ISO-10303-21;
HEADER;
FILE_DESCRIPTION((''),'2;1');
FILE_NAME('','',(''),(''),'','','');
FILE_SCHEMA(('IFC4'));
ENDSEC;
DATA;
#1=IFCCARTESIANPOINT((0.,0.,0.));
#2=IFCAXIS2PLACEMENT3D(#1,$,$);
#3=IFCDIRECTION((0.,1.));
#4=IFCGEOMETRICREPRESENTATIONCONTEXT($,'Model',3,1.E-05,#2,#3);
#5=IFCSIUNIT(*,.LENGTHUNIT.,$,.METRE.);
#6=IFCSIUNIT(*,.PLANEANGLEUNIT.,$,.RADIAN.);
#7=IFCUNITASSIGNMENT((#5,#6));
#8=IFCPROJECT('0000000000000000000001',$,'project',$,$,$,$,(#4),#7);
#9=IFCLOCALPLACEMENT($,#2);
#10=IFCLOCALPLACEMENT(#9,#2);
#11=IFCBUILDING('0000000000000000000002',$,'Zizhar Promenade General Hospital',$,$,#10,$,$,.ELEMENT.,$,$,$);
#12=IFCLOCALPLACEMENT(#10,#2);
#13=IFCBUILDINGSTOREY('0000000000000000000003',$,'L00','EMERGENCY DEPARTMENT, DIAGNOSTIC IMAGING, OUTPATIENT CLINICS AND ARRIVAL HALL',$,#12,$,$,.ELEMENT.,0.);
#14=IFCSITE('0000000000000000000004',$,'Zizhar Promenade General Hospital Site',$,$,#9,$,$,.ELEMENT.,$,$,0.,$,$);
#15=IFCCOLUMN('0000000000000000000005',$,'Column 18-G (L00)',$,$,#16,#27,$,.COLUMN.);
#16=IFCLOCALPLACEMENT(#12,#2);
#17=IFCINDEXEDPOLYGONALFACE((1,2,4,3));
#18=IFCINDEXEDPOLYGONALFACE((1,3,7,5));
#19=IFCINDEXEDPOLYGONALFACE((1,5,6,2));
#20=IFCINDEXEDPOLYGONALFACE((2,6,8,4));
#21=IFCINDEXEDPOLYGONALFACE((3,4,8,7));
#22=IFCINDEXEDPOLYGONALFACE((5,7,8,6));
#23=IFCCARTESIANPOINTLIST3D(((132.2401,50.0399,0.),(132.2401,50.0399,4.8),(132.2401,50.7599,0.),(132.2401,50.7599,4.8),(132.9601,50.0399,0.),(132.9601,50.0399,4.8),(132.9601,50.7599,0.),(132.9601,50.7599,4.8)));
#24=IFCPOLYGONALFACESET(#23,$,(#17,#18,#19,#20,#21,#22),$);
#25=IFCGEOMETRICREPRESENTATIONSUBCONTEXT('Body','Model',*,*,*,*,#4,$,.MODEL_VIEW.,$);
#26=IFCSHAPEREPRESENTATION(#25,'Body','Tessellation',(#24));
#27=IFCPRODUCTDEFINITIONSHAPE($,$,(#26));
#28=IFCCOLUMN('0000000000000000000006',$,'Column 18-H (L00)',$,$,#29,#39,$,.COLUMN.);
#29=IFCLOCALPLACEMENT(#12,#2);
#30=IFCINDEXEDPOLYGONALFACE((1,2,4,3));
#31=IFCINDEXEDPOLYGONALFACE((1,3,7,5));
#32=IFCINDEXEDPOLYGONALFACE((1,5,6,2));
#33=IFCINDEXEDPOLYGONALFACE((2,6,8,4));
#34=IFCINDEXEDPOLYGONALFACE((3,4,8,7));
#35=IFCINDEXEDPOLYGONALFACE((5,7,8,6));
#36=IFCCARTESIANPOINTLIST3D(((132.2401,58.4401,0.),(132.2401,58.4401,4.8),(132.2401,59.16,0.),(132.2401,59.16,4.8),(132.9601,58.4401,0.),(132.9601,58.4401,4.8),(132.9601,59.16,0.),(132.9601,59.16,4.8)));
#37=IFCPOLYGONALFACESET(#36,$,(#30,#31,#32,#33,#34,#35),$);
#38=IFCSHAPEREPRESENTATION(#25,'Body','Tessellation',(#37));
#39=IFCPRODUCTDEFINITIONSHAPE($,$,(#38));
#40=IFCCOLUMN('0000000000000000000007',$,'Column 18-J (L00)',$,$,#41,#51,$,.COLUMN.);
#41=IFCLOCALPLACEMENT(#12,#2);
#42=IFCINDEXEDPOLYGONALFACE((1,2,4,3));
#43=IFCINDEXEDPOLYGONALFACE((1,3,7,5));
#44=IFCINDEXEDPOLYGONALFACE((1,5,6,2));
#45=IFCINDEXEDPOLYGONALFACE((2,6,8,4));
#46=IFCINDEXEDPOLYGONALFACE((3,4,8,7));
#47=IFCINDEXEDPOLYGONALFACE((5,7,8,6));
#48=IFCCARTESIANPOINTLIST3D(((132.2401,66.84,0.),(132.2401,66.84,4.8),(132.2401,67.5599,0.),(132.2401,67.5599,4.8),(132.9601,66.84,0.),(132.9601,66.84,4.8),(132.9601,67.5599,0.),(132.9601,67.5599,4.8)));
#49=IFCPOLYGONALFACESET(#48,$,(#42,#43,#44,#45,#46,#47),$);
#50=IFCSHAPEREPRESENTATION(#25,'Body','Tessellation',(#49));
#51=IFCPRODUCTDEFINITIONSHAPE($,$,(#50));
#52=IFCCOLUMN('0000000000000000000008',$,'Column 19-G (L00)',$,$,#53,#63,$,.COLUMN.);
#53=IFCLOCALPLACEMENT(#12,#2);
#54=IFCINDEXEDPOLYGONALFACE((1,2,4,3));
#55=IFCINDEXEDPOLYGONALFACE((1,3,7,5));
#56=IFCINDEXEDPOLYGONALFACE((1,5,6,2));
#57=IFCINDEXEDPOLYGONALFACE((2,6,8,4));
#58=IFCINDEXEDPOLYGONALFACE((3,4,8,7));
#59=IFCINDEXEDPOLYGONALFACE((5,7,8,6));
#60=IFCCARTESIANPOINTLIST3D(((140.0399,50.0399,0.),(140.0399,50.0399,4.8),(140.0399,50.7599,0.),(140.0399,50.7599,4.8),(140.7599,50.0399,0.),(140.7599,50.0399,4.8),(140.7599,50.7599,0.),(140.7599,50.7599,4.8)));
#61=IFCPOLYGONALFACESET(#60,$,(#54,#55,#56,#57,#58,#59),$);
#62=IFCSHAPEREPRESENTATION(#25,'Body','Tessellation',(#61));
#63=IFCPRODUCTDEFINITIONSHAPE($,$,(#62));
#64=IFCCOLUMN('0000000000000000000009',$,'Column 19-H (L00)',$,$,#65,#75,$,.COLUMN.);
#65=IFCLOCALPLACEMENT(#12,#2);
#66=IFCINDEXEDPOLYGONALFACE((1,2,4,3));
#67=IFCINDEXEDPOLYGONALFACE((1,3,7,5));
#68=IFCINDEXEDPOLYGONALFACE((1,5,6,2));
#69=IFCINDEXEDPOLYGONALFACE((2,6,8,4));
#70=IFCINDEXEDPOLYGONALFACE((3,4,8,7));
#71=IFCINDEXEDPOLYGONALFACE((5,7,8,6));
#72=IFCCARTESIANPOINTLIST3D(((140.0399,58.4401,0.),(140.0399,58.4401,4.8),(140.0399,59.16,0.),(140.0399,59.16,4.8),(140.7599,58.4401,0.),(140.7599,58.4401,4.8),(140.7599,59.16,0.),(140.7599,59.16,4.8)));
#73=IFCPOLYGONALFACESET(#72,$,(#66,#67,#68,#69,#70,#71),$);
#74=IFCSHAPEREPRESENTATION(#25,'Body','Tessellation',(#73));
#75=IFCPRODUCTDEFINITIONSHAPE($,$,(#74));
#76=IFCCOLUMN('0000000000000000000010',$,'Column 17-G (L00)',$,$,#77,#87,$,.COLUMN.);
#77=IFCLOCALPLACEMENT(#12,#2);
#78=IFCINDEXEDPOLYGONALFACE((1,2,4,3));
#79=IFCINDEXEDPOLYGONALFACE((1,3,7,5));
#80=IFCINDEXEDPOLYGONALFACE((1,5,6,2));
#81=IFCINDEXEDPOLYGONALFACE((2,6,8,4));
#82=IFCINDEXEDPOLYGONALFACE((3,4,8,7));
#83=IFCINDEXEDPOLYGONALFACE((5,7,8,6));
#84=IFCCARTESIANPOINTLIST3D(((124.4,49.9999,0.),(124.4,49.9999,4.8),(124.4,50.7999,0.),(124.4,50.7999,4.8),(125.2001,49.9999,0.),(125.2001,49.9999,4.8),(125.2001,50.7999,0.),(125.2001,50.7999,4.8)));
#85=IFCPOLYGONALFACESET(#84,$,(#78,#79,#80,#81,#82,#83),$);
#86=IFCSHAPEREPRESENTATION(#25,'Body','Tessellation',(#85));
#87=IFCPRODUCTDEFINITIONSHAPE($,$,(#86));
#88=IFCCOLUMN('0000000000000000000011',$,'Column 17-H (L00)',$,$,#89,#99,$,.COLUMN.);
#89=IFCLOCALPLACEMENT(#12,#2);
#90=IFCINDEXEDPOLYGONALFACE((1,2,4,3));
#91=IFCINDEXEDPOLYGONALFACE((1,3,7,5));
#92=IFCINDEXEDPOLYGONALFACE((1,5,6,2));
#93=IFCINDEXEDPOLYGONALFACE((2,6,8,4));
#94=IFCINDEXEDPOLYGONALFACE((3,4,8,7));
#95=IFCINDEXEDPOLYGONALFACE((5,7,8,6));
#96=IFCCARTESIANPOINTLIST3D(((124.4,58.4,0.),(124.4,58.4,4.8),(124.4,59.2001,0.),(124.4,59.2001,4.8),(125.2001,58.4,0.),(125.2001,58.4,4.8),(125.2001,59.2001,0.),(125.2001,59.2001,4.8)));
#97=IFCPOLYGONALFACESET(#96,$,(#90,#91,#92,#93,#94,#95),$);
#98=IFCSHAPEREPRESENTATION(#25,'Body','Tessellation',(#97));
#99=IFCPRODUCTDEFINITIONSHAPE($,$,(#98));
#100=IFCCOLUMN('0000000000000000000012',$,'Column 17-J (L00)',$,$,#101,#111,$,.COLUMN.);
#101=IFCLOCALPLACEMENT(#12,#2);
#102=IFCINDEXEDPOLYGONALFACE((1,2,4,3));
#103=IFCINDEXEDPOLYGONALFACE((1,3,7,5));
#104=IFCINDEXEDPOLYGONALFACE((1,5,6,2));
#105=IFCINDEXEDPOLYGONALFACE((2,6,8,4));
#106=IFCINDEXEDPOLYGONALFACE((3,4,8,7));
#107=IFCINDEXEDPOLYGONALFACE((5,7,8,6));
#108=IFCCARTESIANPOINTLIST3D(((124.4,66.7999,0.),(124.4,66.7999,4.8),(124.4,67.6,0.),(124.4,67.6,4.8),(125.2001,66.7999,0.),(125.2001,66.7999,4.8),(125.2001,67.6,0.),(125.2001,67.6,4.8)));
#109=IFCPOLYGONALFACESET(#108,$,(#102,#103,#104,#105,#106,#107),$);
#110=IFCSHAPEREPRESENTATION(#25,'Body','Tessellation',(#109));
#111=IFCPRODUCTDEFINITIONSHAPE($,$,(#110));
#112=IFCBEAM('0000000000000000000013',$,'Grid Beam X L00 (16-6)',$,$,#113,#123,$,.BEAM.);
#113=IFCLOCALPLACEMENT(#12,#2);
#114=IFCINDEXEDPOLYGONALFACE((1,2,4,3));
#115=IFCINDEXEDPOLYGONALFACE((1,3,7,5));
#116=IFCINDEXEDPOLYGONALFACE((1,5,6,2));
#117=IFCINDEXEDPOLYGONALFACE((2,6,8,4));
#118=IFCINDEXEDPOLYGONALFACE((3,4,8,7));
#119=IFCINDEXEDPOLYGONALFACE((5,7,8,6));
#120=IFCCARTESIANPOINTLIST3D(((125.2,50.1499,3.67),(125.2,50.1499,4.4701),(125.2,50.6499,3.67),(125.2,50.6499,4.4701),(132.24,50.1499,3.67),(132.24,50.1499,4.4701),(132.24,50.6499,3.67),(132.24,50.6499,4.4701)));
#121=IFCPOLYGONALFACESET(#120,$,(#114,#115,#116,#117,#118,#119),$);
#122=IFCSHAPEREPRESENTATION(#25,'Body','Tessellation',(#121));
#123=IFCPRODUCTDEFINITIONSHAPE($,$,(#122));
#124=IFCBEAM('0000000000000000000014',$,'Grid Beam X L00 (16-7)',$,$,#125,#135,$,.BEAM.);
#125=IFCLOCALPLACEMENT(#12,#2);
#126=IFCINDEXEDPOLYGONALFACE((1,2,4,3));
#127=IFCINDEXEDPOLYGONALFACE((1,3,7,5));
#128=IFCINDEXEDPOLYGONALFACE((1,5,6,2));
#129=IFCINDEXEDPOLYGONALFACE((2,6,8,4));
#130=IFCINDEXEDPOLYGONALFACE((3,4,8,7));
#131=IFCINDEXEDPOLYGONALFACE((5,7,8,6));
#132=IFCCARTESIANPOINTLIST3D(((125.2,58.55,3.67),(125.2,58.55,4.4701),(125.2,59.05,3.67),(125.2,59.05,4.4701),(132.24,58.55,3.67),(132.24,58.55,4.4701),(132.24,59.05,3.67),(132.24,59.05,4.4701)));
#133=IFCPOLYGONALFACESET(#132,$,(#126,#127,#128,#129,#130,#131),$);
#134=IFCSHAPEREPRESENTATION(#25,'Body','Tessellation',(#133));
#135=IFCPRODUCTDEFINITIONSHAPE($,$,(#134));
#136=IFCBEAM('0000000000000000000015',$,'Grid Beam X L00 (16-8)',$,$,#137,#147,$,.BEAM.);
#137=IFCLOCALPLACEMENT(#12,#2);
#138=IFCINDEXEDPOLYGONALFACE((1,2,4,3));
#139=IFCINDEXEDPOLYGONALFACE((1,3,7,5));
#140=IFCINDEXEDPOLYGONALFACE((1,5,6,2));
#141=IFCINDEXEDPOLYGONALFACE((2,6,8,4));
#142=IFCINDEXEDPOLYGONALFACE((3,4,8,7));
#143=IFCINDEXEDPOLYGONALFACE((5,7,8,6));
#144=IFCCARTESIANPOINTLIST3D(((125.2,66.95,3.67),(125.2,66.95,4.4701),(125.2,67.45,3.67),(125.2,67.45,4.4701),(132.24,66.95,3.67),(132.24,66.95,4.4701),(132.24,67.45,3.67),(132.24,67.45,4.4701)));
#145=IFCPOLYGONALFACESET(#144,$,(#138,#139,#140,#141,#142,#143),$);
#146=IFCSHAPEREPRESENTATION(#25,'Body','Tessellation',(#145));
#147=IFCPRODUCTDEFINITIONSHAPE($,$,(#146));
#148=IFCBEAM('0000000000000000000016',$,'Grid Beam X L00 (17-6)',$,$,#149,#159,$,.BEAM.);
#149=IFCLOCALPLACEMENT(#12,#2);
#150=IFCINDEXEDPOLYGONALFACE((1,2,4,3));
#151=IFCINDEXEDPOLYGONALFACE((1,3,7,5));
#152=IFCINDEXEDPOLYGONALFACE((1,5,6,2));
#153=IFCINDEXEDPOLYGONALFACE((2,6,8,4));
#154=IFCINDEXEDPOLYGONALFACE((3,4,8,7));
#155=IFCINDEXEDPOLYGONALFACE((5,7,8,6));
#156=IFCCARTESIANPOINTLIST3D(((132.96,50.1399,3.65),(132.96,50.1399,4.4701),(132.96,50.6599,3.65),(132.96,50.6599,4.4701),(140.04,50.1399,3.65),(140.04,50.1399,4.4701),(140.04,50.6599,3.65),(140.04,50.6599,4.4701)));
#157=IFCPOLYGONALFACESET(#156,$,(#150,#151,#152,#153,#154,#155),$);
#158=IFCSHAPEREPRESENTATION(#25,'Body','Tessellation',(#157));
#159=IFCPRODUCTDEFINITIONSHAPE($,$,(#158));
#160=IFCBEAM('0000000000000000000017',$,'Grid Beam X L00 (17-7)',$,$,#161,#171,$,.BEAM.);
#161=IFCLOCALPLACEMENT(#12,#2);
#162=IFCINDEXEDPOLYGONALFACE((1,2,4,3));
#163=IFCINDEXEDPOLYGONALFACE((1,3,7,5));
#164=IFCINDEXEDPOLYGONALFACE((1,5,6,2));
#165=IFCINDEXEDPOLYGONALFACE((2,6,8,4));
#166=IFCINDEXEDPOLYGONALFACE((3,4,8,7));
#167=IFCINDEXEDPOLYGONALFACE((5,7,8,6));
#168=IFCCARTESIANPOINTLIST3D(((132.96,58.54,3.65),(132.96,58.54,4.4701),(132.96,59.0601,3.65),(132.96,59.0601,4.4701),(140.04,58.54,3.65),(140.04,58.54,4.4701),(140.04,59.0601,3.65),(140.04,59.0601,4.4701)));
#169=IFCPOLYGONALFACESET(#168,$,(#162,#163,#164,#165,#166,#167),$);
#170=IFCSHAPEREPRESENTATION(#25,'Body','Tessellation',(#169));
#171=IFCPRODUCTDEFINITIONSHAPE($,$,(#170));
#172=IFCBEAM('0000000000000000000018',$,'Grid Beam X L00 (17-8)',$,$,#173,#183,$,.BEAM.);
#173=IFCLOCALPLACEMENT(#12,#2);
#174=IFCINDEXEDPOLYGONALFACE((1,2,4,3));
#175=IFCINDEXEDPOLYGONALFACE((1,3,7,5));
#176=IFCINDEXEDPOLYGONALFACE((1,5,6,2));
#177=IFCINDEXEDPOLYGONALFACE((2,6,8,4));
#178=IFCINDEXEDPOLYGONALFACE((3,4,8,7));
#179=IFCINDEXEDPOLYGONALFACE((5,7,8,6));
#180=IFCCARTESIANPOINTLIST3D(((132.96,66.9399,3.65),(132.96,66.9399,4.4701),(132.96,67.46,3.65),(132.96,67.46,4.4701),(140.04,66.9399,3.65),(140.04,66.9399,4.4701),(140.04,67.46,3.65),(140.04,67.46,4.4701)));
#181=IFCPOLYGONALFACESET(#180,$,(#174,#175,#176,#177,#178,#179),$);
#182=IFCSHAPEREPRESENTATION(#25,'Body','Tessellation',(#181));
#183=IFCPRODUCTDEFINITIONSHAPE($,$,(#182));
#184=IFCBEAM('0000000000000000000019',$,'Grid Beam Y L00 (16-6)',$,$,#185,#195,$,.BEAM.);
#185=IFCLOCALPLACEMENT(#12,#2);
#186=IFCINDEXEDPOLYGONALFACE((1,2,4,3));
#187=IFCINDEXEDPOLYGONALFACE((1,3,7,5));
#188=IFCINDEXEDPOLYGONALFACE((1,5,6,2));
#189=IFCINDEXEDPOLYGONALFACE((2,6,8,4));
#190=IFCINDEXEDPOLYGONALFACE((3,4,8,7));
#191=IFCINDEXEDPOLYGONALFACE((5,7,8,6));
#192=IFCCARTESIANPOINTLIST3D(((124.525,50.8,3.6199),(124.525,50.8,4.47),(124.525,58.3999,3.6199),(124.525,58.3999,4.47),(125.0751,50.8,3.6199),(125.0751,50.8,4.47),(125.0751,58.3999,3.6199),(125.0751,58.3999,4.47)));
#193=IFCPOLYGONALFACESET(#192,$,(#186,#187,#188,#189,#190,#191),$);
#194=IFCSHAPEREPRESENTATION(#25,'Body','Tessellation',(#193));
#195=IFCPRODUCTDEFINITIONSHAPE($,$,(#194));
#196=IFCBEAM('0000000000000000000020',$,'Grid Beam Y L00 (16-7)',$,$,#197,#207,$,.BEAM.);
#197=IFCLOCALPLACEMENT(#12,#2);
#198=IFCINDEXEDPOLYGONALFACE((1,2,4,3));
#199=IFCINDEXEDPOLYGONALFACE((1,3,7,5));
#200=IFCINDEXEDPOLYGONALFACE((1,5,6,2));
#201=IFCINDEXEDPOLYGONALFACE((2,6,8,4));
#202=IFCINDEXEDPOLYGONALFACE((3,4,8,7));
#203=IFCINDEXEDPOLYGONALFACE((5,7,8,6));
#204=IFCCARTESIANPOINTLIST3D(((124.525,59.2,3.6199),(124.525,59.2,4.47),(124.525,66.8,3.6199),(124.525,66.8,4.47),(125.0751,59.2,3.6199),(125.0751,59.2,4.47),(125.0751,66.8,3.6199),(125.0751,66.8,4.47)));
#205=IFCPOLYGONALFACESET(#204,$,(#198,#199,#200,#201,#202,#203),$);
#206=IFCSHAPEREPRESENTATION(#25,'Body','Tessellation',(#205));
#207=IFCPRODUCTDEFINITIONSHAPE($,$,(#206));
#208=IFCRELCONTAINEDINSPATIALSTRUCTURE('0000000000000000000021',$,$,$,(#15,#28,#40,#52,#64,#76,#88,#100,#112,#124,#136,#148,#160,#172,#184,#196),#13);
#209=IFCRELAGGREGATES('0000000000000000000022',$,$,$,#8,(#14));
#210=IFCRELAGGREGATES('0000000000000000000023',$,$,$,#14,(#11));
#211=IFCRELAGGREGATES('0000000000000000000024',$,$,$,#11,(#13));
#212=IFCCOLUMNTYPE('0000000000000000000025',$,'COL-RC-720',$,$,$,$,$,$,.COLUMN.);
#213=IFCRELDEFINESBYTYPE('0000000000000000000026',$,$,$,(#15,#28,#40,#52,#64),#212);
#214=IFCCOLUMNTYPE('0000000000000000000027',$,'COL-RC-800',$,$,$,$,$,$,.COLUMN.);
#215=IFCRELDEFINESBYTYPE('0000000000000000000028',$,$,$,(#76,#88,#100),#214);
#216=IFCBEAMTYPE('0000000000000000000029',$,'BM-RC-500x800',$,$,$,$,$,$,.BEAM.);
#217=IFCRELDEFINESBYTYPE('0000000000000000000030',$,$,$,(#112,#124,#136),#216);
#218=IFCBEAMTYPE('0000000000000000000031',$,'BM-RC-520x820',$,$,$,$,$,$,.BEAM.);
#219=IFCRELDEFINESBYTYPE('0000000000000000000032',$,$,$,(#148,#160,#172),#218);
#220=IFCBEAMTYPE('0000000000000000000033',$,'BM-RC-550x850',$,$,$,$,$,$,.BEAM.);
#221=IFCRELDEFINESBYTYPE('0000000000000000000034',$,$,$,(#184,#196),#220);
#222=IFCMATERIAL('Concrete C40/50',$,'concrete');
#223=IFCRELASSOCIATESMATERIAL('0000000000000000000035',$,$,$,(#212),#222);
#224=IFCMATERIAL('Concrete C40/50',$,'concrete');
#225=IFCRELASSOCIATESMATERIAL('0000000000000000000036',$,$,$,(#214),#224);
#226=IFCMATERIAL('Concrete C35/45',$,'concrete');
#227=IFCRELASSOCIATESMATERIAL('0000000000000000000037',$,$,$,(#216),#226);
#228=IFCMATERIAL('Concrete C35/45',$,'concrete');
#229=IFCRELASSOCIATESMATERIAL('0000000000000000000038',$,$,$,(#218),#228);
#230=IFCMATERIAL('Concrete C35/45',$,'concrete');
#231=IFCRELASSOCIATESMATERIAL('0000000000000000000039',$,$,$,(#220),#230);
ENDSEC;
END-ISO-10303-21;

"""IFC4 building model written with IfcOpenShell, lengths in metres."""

from ifc_helpers import new_model, si_unit, direction, frame, origin, origin_2d, place, context, subcontext, project, spatial, rectangle, extrude, material, material_profile, profile_set, type_object, element, save


model = new_model("IFC4")

# Units and contexts
model_context = context("Model", 3, precision=1e-05, world=origin(), true_north=direction((0.0, 1.0)))
body_context = subcontext(model_context, "Body", "Model", "MODEL_VIEW")
ifc_project = project(units=[si_unit("LENGTHUNIT", "METRE"), si_unit("PLANEANGLEUNIT", "RADIAN")], contexts=[model_context])

# Site, building, storey
site_placement = place(None, origin())
site = spatial("IfcSite", under=ifc_project, at=site_placement, Name="Zizhar Promenade General Hospital Site", CompositionType="ELEMENT", RefElevation=0.0)
building_placement = place(site_placement, origin())
building = spatial("IfcBuilding", under=site, at=building_placement, Name="Zizhar Promenade General Hospital", CompositionType="ELEMENT")
storey_placement = place(building_placement, origin())
storey = spatial("IfcBuildingStorey", under=building, at=storey_placement, Name="L00", Description="EMERGENCY DEPARTMENT, DIAGNOSTIC IMAGING, OUTPATIENT CLINICS AND ARRIVAL HALL", CompositionType="ELEMENT", Elevation=0.0)

# Columns
ifc_material_1 = material(Name="Concrete C40/50", Category="concrete")
ifc_material_profile_1 = material_profile(ifc_material_1, rectangle(XDim=0.72, YDim=0.72, at=origin_2d()))
ifc_profile_set_1 = profile_set([ifc_material_profile_1], Name="Concrete C40/50")
column_type_1 = type_object("IfcColumnType", Name="COL-RC-720", PredefinedType="COLUMN", material=ifc_profile_set_1)
for number, where, z_axis, x_axis, name in (
    (1, (132.6001, 50.3999, 0.0), (0.0, 0.0, 1.0), (1.0, 0.0, 0.0), "Column 18-G (L00)"),
    (2, (132.6001, 58.8, 0.0), (0.0, 0.0, 1.0), (1.0, 0.0, 0.0), "Column 18-H (L00)"),
    (3, (132.6001, 67.2, 0.0), (0.0, 0.0, 1.0), (1.0, 0.0, 0.0), "Column 18-J (L00)"),
    (4, (140.3999, 50.3999, 0.0), (0.0, 0.0, 1.0), (1.0, 0.0, 0.0), "Column 19-G (L00)"),
    (5, (140.3999, 58.8, 0.0), (0.0, 0.0, 1.0), (1.0, 0.0, 0.0), "Column 19-H (L00)"),
):
    element("IfcColumn", number, at=place(storey_placement, frame(where, z_axis=z_axis, x_axis=x_axis)), inside=storey, type_object=column_type_1, Name=name, PredefinedType="COLUMN", context=body_context, shape_type="SweptSolid", body=[
        extrude(rectangle(XDim=0.72, YDim=0.72, at=origin_2d()), origin(), (0.0, 0.0, 1.0), 4.8),
    ])
ifc_material_2 = material(Name="Concrete C40/50", Category="concrete")
ifc_material_profile_2 = material_profile(ifc_material_2, rectangle(XDim=0.8, YDim=0.8, at=origin_2d()))
ifc_profile_set_2 = profile_set([ifc_material_profile_2], Name="Concrete C40/50")
column_type_2 = type_object("IfcColumnType", Name="COL-RC-800", PredefinedType="COLUMN", material=ifc_profile_set_2)
for number, where, z_axis, x_axis, name in (
    (6, (124.8, 50.3999, 0.0), (0.0, 0.0, 1.0), (1.0, 0.0, 0.0), "Column 17-G (L00)"),
    (7, (124.8, 58.8, 0.0), (0.0, 0.0, 1.0), (1.0, 0.0, 0.0), "Column 17-H (L00)"),
    (8, (124.8, 67.2, 0.0), (0.0, 0.0, 1.0), (1.0, 0.0, 0.0), "Column 17-J (L00)"),
):
    element("IfcColumn", number, at=place(storey_placement, frame(where, z_axis=z_axis, x_axis=x_axis)), inside=storey, type_object=column_type_2, Name=name, PredefinedType="COLUMN", context=body_context, shape_type="SweptSolid", body=[
        extrude(rectangle(XDim=0.8, YDim=0.8, at=origin_2d()), origin(), (0.0, 0.0, 1.0), 4.8),
    ])

# Beams
ifc_material_3 = material(Name="Concrete C35/45", Category="concrete")
ifc_material_profile_3 = material_profile(ifc_material_3, rectangle(XDim=0.5, YDim=0.8, at=origin_2d()))
ifc_profile_set_3 = profile_set([ifc_material_profile_3], Name="Concrete C35/45")
beam_type_1 = type_object("IfcBeamType", Name="BM-RC-500x800", PredefinedType="BEAM", material=ifc_profile_set_3)
for number, where, z_axis, x_axis, name in (
    (9, (125.2, 50.3999, 4.0701), (1.0, 0.0, 0.0), (0.0, 1.0, 0.0), "Grid Beam X L00 (16-6)"),
    (10, (125.2, 58.8, 4.0701), (1.0, 0.0, 0.0), (0.0, 1.0, 0.0), "Grid Beam X L00 (16-7)"),
    (11, (125.2, 67.2, 4.0701), (1.0, 0.0, 0.0), (0.0, 1.0, 0.0), "Grid Beam X L00 (16-8)"),
):
    element("IfcBeam", number, at=place(storey_placement, frame(where, z_axis=z_axis, x_axis=x_axis)), inside=storey, type_object=beam_type_1, Name=name, PredefinedType="BEAM", context=body_context, shape_type="SweptSolid", body=[
        extrude(rectangle(XDim=0.5, YDim=0.8, at=origin_2d()), origin(), (0.0, 0.0, 1.0), 7.04),
    ])
ifc_material_4 = material(Name="Concrete C35/45", Category="concrete")
ifc_material_profile_4 = material_profile(ifc_material_4, rectangle(XDim=0.52, YDim=0.8201, at=origin_2d()))
ifc_profile_set_4 = profile_set([ifc_material_profile_4], Name="Concrete C35/45")
beam_type_2 = type_object("IfcBeamType", Name="BM-RC-520x820", PredefinedType="BEAM", material=ifc_profile_set_4)
for number, where, z_axis, x_axis, name in (
    (12, (132.96, 50.3999, 4.0601), (1.0, 0.0, 0.0), (0.0, 1.0, 0.0), "Grid Beam X L00 (17-6)"),
    (13, (132.96, 58.8, 4.0601), (1.0, 0.0, 0.0), (0.0, 1.0, 0.0), "Grid Beam X L00 (17-7)"),
    (14, (132.96, 67.2, 4.0601), (1.0, 0.0, 0.0), (0.0, 1.0, 0.0), "Grid Beam X L00 (17-8)"),
):
    element("IfcBeam", number, at=place(storey_placement, frame(where, z_axis=z_axis, x_axis=x_axis)), inside=storey, type_object=beam_type_2, Name=name, PredefinedType="BEAM", context=body_context, shape_type="SweptSolid", body=[
        extrude(rectangle(XDim=0.52, YDim=0.8201, at=origin_2d()), origin(), (0.0, 0.0, 1.0), 7.0801),
    ])
ifc_material_5 = material(Name="Concrete C35/45", Category="concrete")
ifc_material_profile_5 = material_profile(ifc_material_5, rectangle(XDim=0.55, YDim=0.8501, at=origin_2d()))
ifc_profile_set_5 = profile_set([ifc_material_profile_5], Name="Concrete C35/45")
beam_type_3 = type_object("IfcBeamType", Name="BM-RC-550x850", PredefinedType="BEAM", material=ifc_profile_set_5)
beam_1_placement = place(storey_placement, frame((124.8, 50.8, 4.0449), z_axis=(0.0, 1.0, 0.0), x_axis=(-1.0, 0.0, 0.0)))
element("IfcBeam", 15, at=beam_1_placement, inside=storey, type_object=beam_type_3, Name="Grid Beam Y L00 (16-6)", PredefinedType="BEAM", context=body_context, shape_type="SweptSolid", body=[
    extrude(rectangle(XDim=0.55, YDim=0.8501, at=origin_2d()), origin(), (0.0, 0.0, 1.0), 7.5999),
])
beam_2_placement = place(storey_placement, frame((124.8, 59.2, 4.0449), z_axis=(0.0, 1.0, 0.0), x_axis=(-1.0, 0.0, 0.0)))
element("IfcBeam", 16, at=beam_2_placement, inside=storey, type_object=beam_type_3, Name="Grid Beam Y L00 (16-7)", PredefinedType="BEAM", context=body_context, shape_type="SweptSolid", body=[
    extrude(rectangle(XDim=0.55, YDim=0.8501, at=origin_2d()), origin(), (0.0, 0.0, 1.0), 7.6001),
])

save(model, "model.ifc")
